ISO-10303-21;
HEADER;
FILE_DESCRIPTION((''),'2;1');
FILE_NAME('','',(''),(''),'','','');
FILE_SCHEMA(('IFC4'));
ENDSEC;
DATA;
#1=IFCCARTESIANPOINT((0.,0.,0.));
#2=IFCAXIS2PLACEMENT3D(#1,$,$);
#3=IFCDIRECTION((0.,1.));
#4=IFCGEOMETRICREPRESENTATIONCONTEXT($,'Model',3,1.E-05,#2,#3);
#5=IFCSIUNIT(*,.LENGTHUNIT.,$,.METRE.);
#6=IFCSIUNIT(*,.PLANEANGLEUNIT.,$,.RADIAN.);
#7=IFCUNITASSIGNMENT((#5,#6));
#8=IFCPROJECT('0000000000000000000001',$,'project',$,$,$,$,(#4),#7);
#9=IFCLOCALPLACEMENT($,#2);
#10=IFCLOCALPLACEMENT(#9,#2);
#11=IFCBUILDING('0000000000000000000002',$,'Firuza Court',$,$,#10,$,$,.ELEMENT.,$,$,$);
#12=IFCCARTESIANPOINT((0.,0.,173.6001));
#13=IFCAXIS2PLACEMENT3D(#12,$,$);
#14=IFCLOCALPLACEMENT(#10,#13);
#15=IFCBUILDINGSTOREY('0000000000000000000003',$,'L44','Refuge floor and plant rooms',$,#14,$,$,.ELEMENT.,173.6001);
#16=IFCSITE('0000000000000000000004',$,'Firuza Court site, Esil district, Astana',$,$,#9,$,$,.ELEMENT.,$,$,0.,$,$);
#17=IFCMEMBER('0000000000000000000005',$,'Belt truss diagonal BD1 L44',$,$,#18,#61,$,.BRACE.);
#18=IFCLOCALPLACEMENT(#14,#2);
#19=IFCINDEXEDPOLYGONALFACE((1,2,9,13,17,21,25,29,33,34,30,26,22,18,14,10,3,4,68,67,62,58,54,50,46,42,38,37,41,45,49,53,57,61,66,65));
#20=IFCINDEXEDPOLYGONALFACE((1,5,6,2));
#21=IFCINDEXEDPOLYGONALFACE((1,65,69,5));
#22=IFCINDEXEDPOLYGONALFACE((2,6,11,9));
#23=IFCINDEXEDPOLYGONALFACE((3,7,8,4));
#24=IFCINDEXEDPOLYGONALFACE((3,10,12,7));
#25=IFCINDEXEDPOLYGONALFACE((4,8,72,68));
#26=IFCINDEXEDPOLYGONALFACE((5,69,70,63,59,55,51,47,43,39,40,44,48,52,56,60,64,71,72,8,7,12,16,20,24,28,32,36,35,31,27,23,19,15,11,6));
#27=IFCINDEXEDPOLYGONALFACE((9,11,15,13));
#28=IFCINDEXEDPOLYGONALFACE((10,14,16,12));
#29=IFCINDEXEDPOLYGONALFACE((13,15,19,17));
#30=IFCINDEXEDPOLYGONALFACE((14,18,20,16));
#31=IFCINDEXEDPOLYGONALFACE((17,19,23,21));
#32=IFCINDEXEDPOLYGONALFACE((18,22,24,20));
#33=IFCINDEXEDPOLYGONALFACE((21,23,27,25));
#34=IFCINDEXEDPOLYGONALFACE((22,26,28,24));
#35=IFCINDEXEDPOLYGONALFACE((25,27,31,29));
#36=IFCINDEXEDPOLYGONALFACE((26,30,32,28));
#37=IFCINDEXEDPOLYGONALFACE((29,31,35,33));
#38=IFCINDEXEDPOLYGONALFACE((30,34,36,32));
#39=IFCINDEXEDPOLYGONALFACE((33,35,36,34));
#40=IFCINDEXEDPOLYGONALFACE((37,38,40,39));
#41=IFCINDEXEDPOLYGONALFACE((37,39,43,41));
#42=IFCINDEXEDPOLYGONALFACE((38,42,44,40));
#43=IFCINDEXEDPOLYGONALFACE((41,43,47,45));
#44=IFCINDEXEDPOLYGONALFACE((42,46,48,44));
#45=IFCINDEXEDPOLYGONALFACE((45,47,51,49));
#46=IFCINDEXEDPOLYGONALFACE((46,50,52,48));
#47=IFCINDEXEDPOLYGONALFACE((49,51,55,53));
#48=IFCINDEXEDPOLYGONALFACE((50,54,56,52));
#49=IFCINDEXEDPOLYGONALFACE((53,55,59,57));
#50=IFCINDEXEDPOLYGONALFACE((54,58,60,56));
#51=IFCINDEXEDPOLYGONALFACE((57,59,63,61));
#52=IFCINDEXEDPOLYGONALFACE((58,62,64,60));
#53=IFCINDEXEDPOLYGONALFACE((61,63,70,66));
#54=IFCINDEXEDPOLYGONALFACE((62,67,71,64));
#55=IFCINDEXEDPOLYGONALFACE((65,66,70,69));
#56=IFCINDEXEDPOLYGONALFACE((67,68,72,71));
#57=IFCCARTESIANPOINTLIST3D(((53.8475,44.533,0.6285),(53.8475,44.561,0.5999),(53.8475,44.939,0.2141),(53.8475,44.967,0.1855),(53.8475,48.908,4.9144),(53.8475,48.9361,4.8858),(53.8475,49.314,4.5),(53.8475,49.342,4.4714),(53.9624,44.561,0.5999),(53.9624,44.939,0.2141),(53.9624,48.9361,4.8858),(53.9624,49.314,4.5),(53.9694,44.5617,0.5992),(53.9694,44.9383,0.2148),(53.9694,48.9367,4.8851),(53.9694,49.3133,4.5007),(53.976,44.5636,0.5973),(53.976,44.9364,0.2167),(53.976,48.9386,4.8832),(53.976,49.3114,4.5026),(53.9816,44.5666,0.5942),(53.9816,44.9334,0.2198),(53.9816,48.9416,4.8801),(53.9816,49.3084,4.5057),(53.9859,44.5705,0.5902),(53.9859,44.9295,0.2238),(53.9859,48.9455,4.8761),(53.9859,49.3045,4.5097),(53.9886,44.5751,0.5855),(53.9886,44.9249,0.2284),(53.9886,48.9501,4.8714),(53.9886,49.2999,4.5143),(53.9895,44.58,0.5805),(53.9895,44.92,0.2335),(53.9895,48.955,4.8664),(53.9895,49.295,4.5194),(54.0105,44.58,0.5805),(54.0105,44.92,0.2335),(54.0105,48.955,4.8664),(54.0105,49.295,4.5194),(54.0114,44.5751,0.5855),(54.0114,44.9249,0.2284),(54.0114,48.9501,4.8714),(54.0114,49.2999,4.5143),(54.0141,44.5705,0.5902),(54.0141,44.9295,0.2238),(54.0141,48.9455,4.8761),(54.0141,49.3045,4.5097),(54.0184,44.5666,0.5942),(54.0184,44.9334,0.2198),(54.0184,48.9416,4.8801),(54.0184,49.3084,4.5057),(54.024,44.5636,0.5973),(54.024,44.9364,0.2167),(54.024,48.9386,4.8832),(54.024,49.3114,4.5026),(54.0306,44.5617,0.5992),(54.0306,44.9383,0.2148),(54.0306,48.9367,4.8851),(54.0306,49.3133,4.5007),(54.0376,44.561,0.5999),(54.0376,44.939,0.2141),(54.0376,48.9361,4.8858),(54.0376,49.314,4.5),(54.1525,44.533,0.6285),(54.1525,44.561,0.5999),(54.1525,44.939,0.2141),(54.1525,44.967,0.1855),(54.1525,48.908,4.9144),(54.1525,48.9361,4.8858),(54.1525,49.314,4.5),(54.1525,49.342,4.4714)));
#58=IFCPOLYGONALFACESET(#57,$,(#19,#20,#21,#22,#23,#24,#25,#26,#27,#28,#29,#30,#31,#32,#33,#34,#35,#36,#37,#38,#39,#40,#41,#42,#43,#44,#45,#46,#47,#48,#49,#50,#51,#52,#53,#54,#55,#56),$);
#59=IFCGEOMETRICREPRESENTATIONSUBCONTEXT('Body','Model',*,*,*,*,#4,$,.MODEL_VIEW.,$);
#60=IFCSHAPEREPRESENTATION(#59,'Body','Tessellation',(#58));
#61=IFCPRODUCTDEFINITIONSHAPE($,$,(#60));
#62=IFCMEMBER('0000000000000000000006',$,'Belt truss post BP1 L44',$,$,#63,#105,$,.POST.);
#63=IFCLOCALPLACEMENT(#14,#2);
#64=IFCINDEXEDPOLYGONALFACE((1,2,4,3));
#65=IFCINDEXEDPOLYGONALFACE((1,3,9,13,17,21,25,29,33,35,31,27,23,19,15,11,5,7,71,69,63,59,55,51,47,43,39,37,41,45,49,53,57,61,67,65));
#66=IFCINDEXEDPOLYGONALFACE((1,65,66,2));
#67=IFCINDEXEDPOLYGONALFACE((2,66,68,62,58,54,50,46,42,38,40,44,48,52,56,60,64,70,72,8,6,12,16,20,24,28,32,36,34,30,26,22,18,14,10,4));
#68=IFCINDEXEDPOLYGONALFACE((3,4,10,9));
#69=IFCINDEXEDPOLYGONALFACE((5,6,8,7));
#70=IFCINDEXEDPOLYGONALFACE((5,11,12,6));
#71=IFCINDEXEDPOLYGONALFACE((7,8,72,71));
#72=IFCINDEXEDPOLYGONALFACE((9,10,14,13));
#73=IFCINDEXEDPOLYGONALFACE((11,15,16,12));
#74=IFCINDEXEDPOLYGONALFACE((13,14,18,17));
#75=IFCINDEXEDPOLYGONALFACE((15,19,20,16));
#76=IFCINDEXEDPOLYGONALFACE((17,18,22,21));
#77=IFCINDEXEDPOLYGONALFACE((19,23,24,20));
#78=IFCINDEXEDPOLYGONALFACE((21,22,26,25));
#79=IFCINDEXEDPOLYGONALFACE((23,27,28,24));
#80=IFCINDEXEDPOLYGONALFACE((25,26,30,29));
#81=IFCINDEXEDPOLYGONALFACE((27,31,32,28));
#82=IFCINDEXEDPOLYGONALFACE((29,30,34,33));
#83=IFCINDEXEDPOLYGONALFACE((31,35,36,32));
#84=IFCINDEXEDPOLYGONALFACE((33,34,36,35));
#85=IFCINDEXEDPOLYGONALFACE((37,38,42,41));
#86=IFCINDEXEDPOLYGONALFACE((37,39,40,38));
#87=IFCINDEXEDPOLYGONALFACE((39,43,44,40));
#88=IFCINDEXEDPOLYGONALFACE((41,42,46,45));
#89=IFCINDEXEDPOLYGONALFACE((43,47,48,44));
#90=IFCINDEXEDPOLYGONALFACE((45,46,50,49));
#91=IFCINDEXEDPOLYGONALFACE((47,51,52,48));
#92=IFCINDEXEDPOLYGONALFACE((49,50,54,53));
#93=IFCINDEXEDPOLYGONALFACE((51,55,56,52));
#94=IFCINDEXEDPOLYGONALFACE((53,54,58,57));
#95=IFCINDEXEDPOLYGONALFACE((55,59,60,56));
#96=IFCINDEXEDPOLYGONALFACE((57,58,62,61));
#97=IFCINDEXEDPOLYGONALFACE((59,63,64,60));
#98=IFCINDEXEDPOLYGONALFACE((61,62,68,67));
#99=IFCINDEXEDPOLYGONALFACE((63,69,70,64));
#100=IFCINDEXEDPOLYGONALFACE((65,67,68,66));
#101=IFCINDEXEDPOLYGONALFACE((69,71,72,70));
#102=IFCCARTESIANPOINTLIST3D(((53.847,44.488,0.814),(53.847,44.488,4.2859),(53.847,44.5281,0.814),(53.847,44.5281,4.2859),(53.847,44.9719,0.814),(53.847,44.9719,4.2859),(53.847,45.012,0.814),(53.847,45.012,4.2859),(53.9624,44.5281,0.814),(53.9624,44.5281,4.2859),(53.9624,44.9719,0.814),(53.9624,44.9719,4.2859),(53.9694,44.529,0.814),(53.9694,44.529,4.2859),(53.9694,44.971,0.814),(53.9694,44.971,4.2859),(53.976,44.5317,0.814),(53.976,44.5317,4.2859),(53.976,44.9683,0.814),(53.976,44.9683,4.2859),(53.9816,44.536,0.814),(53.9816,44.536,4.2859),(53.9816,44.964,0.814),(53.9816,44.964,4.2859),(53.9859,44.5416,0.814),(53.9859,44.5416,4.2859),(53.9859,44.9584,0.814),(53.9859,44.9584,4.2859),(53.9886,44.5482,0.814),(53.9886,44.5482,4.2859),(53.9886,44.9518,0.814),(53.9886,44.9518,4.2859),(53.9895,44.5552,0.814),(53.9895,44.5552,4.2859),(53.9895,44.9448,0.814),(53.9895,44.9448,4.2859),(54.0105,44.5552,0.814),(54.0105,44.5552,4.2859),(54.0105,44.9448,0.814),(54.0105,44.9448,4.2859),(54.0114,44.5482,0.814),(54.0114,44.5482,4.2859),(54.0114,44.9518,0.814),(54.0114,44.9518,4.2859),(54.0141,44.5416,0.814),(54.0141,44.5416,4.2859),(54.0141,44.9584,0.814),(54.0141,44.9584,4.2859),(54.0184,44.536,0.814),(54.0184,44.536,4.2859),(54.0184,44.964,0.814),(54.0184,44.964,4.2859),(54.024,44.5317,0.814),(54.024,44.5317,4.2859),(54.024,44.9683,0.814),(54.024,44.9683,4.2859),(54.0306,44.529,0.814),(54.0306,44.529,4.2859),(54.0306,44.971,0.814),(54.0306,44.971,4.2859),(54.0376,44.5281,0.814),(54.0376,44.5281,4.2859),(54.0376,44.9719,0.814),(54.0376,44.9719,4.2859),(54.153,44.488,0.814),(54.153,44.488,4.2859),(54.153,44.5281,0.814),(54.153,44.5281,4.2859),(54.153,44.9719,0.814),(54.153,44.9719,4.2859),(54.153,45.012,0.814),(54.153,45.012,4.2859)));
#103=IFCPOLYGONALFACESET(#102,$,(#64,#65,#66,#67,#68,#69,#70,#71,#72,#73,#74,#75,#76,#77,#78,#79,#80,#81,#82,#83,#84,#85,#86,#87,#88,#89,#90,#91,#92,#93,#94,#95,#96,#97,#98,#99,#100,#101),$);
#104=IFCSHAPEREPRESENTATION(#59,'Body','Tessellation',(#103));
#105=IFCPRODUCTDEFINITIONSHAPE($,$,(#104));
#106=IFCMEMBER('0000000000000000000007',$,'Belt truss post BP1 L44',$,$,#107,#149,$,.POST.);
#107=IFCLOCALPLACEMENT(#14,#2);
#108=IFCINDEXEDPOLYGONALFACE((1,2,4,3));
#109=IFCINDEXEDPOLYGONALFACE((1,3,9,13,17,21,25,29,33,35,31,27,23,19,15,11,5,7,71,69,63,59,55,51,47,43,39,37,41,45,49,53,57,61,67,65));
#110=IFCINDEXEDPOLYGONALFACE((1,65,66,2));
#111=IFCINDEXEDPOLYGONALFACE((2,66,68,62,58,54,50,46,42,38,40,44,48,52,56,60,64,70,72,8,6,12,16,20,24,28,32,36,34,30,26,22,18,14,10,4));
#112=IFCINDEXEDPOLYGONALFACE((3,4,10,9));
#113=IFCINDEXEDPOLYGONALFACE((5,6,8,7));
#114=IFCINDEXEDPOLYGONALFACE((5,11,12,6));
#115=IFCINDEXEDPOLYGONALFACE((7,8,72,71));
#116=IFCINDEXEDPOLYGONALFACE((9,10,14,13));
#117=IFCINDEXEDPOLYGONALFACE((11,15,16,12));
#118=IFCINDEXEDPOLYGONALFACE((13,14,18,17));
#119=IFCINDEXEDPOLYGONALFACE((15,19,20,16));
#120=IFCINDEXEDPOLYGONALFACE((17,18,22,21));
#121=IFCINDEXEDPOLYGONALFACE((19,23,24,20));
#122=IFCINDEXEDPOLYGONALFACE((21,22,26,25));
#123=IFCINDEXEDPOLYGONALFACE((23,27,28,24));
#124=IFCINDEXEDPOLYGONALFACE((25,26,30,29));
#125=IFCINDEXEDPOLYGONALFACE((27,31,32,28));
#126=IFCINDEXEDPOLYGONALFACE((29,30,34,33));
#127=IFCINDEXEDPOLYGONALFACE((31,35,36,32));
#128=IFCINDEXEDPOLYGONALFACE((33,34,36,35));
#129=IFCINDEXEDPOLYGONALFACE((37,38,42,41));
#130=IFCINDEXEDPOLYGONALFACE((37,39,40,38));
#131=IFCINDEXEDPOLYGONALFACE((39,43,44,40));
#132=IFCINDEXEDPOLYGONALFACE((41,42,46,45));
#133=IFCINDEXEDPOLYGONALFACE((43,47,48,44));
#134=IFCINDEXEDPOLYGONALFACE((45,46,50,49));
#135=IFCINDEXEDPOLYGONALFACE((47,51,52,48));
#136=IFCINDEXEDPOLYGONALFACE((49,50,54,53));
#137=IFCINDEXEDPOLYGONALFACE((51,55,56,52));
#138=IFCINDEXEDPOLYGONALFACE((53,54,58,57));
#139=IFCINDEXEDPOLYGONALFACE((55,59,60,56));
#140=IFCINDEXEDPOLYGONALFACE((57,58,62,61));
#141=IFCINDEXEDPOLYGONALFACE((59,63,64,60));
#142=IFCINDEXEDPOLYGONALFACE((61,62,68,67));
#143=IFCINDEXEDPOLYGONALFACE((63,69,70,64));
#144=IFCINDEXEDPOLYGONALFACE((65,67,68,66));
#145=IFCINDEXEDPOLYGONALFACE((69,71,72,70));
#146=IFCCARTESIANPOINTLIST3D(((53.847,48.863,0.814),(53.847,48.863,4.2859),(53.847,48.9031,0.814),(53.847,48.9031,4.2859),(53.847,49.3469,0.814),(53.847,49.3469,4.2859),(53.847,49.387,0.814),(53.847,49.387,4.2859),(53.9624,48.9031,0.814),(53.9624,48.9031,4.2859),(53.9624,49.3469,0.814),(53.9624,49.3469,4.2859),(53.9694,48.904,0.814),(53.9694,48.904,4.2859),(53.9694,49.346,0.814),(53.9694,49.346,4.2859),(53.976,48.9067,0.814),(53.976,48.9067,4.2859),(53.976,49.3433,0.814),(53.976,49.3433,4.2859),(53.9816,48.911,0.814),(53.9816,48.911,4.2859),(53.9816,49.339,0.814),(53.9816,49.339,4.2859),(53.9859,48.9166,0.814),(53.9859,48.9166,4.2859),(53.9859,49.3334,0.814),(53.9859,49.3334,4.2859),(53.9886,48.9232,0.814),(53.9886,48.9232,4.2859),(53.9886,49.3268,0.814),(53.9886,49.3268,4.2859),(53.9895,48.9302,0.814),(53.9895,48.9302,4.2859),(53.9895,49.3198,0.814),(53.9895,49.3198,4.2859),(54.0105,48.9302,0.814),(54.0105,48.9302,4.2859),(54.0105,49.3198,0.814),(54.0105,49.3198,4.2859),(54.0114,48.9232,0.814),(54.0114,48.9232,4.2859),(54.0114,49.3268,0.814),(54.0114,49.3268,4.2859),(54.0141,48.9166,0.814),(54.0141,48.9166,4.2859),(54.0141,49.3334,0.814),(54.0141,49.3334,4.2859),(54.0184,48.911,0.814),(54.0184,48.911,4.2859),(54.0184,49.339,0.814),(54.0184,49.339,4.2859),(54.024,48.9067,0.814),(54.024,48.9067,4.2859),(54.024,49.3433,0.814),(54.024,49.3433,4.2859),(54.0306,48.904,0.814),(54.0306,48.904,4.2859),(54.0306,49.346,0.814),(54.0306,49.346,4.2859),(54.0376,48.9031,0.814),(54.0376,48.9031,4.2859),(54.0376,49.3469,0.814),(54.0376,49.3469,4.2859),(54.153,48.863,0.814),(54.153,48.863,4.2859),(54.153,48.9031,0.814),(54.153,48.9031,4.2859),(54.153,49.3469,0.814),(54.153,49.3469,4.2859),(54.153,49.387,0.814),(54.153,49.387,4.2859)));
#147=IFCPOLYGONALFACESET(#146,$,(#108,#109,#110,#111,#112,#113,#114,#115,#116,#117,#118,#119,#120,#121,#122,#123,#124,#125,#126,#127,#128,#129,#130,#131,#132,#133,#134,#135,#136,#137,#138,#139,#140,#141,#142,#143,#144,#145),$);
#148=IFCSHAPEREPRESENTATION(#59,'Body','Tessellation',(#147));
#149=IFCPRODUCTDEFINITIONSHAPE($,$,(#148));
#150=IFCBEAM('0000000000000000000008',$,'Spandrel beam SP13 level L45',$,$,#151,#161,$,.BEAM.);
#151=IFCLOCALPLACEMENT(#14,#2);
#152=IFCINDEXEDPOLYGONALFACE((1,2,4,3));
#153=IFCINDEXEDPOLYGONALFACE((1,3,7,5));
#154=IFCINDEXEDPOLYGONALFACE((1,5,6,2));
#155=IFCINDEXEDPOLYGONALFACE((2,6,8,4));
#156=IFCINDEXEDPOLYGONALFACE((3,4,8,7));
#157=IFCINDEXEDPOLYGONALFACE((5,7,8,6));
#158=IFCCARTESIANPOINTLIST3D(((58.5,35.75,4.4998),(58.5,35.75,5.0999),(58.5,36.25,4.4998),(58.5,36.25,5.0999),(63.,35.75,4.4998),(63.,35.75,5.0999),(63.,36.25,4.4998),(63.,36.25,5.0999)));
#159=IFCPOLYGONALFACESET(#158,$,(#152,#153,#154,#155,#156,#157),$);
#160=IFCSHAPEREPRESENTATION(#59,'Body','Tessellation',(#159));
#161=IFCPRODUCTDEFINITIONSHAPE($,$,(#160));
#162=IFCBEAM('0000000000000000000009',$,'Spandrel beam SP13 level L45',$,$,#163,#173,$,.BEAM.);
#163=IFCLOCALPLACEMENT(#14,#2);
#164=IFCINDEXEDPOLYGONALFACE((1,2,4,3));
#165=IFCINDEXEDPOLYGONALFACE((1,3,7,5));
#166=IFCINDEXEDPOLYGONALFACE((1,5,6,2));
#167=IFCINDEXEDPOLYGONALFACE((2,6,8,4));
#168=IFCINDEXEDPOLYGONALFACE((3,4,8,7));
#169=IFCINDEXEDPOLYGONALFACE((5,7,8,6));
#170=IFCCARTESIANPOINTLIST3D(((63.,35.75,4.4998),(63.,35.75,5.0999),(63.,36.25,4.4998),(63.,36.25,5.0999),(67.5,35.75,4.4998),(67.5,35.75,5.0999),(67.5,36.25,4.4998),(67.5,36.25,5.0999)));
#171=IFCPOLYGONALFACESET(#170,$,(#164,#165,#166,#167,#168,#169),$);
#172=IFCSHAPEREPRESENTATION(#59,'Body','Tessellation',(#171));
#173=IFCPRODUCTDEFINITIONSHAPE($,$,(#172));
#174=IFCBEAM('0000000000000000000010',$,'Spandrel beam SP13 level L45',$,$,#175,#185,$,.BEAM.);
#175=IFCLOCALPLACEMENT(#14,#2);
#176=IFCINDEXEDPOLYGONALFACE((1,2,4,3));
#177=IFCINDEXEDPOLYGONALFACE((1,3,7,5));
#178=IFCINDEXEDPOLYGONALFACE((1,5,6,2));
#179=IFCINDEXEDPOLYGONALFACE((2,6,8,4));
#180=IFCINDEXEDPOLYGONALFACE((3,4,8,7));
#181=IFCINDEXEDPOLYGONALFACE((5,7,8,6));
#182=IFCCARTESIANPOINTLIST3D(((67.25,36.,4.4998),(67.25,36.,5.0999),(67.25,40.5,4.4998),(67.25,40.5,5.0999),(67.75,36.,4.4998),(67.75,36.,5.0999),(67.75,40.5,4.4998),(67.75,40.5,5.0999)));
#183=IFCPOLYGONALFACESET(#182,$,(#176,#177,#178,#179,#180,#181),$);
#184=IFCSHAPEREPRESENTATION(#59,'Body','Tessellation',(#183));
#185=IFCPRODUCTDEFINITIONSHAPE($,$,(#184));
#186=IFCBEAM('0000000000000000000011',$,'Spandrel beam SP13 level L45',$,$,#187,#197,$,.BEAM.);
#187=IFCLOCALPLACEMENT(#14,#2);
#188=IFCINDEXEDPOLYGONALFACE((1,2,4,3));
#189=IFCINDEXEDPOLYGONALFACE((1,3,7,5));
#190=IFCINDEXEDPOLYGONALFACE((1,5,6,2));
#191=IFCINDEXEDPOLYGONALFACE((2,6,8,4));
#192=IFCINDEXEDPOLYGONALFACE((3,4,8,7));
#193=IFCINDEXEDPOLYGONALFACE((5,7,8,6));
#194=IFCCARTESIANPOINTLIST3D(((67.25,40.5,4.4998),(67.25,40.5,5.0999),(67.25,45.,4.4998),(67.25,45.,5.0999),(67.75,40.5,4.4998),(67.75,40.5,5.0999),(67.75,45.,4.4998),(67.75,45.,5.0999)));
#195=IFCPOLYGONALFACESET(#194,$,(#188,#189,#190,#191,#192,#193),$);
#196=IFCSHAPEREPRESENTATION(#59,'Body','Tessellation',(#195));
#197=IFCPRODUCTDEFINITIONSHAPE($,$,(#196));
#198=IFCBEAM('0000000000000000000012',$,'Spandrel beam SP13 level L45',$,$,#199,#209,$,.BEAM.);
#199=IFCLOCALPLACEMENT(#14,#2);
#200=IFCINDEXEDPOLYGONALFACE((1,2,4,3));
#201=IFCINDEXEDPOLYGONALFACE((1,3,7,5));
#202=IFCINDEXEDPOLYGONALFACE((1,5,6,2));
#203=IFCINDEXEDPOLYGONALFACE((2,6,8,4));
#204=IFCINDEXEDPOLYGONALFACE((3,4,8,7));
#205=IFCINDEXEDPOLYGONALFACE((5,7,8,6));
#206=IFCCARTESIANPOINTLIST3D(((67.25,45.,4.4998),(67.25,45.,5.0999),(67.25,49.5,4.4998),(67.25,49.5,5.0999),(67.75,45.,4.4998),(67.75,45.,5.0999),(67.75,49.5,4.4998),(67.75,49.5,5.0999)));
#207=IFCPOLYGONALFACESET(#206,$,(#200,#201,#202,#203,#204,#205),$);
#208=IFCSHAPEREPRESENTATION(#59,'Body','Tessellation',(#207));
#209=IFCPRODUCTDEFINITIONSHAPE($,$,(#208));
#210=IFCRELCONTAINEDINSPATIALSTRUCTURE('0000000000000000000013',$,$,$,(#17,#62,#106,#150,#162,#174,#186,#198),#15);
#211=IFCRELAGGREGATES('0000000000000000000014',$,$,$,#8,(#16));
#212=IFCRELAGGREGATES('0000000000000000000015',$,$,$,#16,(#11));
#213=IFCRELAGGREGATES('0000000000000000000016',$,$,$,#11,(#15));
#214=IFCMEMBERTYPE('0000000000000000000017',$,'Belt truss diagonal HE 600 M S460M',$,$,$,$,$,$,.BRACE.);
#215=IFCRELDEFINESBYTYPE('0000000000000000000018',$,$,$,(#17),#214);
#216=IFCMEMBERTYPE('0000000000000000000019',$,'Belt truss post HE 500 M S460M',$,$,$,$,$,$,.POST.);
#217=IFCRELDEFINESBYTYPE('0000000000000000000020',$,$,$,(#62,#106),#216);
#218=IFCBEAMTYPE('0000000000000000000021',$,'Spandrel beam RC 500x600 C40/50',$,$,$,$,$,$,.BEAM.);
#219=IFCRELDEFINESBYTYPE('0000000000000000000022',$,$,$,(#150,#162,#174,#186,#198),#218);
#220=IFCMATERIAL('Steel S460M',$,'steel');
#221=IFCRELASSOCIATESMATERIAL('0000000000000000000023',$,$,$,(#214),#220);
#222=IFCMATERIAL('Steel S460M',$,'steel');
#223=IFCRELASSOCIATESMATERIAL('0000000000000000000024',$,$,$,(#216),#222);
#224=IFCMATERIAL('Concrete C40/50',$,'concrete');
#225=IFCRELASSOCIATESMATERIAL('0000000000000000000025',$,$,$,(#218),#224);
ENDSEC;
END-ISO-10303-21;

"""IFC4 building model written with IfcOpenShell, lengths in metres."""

from ifc_helpers import new_model, si_unit, direction, frame, origin, origin_2d, place, context, subcontext, project, spatial, rectangle, i_section, extrude, material, material_profile, profile_set, type_object, element, save


model = new_model("IFC4")

# Units and contexts
model_context = context("Model", 3, precision=1e-05, world=origin(), true_north=direction((0.0, 1.0)))
body_context = subcontext(model_context, "Body", "Model", "MODEL_VIEW")
ifc_project = project(units=[si_unit("LENGTHUNIT", "METRE"), si_unit("PLANEANGLEUNIT", "RADIAN")], contexts=[model_context])

# Site, building, storey
site_placement = place(None, origin())
site = spatial("IfcSite", under=ifc_project, at=site_placement, Name="Firuza Court site, Esil district, Astana", CompositionType="ELEMENT", RefElevation=0.0)
building_placement = place(site_placement, origin())
building = spatial("IfcBuilding", under=site, at=building_placement, Name="Firuza Court", CompositionType="ELEMENT")
storey_placement = place(building_placement, frame((0.0, 0.0, 173.6001)))
storey = spatial("IfcBuildingStorey", under=building, at=storey_placement, Name="L44", Description="Refuge floor and plant rooms", CompositionType="ELEMENT", Elevation=173.6001)

# Members
ifc_material_1 = material(Name="Steel S460M", Category="steel")
ifc_material_profile_1 = material_profile(ifc_material_1, i_section(OverallWidth=0.3049, OverallDepth=0.6201, WebThickness=0.021, FlangeThickness=0.04, FilletRadius=0.0271, at=origin_2d()), Name="HE 600 M")
ifc_profile_set_1 = profile_set([ifc_material_profile_1], Name="Steel S460M")
member_type_1 = type_object("IfcMemberType", Name="Belt truss diagonal HE 600 M S460M", PredefinedType="BRACE", material=ifc_profile_set_1)
member_placement = place(storey_placement, frame((54.0, 44.75, 0.407), z_axis=(0.0, 0.714344, 0.699794), x_axis=(-1.0, 0.0, 0.0)))
element("IfcMember", 1, at=member_placement, inside=storey, type_object=member_type_1, Name="Belt truss diagonal BD1 L44", PredefinedType="BRACE", context=body_context, shape_type="SweptSolid", body=[
    extrude(i_section(OverallWidth=0.3049, OverallDepth=0.6201, WebThickness=0.021, FlangeThickness=0.04, FilletRadius=0.0271, at=origin_2d()), origin(), (0.0, 0.0, 1.0), 6.1245),
])
ifc_material_2 = material(Name="Steel S460M", Category="steel")
ifc_material_profile_2 = material_profile(ifc_material_2, i_section(OverallWidth=0.3059, OverallDepth=0.5239, WebThickness=0.021, FlangeThickness=0.04, FilletRadius=0.0271, at=origin_2d()), Name="HE 500 M")
ifc_profile_set_2 = profile_set([ifc_material_profile_2], Name="Steel S460M")
member_type_2 = type_object("IfcMemberType", Name="Belt truss post HE 500 M S460M", PredefinedType="POST", material=ifc_profile_set_2)
for number, where, z_axis, x_axis, name in (
    (2, (54.0, 44.75, 0.814), (0.0, 0.0, 1.0), (1.0, 0.0, 0.0), "Belt truss post BP1 L44"),
    (3, (54.0, 49.125, 0.814), (0.0, 0.0, 1.0), (1.0, 0.0, 0.0), "Belt truss post BP1 L44"),
):
    element("IfcMember", number, at=place(storey_placement, frame(where, z_axis=z_axis, x_axis=x_axis)), inside=storey, type_object=member_type_2, Name=name, PredefinedType="POST", context=body_context, shape_type="SweptSolid", body=[
        extrude(i_section(OverallWidth=0.3059, OverallDepth=0.5239, WebThickness=0.021, FlangeThickness=0.04, FilletRadius=0.0271, at=origin_2d()), origin(), (0.0, 0.0, 1.0), 3.4719),
    ])

# Beams
ifc_material_3 = material(Name="Concrete C40/50", Category="concrete")
ifc_material_profile_3 = material_profile(ifc_material_3, rectangle(XDim=0.5, YDim=0.6001, at=origin_2d()), Name="RC 500x600")
ifc_profile_set_3 = profile_set([ifc_material_profile_3], Name="Concrete C40/50")
beam_type_1 = type_object("IfcBeamType", Name="Spandrel beam RC 500x600 C40/50", PredefinedType="BEAM", material=ifc_profile_set_3)
for number, where, z_axis, x_axis, name in (
    (4, (58.5, 36.0, 4.7998), (1.0, 0.0, 0.0), (0.0, 1.0, 0.0), "Spandrel beam SP13 level L45"),
    (5, (63.0, 36.0, 4.7998), (1.0, 0.0, 0.0), (0.0, 1.0, 0.0), "Spandrel beam SP13 level L45"),
    (6, (67.5, 36.0, 4.7998), (0.0, 1.0, 0.0), (-1.0, 0.0, 0.0), "Spandrel beam SP13 level L45"),
    (7, (67.5, 40.5, 4.7998), (0.0, 1.0, 0.0), (-1.0, 0.0, 0.0), "Spandrel beam SP13 level L45"),
    (8, (67.5, 45.0, 4.7998), (0.0, 1.0, 0.0), (-1.0, 0.0, 0.0), "Spandrel beam SP13 level L45"),
):
    element("IfcBeam", number, at=place(storey_placement, frame(where, z_axis=z_axis, x_axis=x_axis)), inside=storey, type_object=beam_type_1, Name=name, PredefinedType="BEAM", context=body_context, shape_type="SweptSolid", body=[
        extrude(rectangle(XDim=0.5, YDim=0.6001, at=origin_2d()), origin(), (0.0, 0.0, 1.0), 4.5),
    ])

save(model, "model.ifc")
